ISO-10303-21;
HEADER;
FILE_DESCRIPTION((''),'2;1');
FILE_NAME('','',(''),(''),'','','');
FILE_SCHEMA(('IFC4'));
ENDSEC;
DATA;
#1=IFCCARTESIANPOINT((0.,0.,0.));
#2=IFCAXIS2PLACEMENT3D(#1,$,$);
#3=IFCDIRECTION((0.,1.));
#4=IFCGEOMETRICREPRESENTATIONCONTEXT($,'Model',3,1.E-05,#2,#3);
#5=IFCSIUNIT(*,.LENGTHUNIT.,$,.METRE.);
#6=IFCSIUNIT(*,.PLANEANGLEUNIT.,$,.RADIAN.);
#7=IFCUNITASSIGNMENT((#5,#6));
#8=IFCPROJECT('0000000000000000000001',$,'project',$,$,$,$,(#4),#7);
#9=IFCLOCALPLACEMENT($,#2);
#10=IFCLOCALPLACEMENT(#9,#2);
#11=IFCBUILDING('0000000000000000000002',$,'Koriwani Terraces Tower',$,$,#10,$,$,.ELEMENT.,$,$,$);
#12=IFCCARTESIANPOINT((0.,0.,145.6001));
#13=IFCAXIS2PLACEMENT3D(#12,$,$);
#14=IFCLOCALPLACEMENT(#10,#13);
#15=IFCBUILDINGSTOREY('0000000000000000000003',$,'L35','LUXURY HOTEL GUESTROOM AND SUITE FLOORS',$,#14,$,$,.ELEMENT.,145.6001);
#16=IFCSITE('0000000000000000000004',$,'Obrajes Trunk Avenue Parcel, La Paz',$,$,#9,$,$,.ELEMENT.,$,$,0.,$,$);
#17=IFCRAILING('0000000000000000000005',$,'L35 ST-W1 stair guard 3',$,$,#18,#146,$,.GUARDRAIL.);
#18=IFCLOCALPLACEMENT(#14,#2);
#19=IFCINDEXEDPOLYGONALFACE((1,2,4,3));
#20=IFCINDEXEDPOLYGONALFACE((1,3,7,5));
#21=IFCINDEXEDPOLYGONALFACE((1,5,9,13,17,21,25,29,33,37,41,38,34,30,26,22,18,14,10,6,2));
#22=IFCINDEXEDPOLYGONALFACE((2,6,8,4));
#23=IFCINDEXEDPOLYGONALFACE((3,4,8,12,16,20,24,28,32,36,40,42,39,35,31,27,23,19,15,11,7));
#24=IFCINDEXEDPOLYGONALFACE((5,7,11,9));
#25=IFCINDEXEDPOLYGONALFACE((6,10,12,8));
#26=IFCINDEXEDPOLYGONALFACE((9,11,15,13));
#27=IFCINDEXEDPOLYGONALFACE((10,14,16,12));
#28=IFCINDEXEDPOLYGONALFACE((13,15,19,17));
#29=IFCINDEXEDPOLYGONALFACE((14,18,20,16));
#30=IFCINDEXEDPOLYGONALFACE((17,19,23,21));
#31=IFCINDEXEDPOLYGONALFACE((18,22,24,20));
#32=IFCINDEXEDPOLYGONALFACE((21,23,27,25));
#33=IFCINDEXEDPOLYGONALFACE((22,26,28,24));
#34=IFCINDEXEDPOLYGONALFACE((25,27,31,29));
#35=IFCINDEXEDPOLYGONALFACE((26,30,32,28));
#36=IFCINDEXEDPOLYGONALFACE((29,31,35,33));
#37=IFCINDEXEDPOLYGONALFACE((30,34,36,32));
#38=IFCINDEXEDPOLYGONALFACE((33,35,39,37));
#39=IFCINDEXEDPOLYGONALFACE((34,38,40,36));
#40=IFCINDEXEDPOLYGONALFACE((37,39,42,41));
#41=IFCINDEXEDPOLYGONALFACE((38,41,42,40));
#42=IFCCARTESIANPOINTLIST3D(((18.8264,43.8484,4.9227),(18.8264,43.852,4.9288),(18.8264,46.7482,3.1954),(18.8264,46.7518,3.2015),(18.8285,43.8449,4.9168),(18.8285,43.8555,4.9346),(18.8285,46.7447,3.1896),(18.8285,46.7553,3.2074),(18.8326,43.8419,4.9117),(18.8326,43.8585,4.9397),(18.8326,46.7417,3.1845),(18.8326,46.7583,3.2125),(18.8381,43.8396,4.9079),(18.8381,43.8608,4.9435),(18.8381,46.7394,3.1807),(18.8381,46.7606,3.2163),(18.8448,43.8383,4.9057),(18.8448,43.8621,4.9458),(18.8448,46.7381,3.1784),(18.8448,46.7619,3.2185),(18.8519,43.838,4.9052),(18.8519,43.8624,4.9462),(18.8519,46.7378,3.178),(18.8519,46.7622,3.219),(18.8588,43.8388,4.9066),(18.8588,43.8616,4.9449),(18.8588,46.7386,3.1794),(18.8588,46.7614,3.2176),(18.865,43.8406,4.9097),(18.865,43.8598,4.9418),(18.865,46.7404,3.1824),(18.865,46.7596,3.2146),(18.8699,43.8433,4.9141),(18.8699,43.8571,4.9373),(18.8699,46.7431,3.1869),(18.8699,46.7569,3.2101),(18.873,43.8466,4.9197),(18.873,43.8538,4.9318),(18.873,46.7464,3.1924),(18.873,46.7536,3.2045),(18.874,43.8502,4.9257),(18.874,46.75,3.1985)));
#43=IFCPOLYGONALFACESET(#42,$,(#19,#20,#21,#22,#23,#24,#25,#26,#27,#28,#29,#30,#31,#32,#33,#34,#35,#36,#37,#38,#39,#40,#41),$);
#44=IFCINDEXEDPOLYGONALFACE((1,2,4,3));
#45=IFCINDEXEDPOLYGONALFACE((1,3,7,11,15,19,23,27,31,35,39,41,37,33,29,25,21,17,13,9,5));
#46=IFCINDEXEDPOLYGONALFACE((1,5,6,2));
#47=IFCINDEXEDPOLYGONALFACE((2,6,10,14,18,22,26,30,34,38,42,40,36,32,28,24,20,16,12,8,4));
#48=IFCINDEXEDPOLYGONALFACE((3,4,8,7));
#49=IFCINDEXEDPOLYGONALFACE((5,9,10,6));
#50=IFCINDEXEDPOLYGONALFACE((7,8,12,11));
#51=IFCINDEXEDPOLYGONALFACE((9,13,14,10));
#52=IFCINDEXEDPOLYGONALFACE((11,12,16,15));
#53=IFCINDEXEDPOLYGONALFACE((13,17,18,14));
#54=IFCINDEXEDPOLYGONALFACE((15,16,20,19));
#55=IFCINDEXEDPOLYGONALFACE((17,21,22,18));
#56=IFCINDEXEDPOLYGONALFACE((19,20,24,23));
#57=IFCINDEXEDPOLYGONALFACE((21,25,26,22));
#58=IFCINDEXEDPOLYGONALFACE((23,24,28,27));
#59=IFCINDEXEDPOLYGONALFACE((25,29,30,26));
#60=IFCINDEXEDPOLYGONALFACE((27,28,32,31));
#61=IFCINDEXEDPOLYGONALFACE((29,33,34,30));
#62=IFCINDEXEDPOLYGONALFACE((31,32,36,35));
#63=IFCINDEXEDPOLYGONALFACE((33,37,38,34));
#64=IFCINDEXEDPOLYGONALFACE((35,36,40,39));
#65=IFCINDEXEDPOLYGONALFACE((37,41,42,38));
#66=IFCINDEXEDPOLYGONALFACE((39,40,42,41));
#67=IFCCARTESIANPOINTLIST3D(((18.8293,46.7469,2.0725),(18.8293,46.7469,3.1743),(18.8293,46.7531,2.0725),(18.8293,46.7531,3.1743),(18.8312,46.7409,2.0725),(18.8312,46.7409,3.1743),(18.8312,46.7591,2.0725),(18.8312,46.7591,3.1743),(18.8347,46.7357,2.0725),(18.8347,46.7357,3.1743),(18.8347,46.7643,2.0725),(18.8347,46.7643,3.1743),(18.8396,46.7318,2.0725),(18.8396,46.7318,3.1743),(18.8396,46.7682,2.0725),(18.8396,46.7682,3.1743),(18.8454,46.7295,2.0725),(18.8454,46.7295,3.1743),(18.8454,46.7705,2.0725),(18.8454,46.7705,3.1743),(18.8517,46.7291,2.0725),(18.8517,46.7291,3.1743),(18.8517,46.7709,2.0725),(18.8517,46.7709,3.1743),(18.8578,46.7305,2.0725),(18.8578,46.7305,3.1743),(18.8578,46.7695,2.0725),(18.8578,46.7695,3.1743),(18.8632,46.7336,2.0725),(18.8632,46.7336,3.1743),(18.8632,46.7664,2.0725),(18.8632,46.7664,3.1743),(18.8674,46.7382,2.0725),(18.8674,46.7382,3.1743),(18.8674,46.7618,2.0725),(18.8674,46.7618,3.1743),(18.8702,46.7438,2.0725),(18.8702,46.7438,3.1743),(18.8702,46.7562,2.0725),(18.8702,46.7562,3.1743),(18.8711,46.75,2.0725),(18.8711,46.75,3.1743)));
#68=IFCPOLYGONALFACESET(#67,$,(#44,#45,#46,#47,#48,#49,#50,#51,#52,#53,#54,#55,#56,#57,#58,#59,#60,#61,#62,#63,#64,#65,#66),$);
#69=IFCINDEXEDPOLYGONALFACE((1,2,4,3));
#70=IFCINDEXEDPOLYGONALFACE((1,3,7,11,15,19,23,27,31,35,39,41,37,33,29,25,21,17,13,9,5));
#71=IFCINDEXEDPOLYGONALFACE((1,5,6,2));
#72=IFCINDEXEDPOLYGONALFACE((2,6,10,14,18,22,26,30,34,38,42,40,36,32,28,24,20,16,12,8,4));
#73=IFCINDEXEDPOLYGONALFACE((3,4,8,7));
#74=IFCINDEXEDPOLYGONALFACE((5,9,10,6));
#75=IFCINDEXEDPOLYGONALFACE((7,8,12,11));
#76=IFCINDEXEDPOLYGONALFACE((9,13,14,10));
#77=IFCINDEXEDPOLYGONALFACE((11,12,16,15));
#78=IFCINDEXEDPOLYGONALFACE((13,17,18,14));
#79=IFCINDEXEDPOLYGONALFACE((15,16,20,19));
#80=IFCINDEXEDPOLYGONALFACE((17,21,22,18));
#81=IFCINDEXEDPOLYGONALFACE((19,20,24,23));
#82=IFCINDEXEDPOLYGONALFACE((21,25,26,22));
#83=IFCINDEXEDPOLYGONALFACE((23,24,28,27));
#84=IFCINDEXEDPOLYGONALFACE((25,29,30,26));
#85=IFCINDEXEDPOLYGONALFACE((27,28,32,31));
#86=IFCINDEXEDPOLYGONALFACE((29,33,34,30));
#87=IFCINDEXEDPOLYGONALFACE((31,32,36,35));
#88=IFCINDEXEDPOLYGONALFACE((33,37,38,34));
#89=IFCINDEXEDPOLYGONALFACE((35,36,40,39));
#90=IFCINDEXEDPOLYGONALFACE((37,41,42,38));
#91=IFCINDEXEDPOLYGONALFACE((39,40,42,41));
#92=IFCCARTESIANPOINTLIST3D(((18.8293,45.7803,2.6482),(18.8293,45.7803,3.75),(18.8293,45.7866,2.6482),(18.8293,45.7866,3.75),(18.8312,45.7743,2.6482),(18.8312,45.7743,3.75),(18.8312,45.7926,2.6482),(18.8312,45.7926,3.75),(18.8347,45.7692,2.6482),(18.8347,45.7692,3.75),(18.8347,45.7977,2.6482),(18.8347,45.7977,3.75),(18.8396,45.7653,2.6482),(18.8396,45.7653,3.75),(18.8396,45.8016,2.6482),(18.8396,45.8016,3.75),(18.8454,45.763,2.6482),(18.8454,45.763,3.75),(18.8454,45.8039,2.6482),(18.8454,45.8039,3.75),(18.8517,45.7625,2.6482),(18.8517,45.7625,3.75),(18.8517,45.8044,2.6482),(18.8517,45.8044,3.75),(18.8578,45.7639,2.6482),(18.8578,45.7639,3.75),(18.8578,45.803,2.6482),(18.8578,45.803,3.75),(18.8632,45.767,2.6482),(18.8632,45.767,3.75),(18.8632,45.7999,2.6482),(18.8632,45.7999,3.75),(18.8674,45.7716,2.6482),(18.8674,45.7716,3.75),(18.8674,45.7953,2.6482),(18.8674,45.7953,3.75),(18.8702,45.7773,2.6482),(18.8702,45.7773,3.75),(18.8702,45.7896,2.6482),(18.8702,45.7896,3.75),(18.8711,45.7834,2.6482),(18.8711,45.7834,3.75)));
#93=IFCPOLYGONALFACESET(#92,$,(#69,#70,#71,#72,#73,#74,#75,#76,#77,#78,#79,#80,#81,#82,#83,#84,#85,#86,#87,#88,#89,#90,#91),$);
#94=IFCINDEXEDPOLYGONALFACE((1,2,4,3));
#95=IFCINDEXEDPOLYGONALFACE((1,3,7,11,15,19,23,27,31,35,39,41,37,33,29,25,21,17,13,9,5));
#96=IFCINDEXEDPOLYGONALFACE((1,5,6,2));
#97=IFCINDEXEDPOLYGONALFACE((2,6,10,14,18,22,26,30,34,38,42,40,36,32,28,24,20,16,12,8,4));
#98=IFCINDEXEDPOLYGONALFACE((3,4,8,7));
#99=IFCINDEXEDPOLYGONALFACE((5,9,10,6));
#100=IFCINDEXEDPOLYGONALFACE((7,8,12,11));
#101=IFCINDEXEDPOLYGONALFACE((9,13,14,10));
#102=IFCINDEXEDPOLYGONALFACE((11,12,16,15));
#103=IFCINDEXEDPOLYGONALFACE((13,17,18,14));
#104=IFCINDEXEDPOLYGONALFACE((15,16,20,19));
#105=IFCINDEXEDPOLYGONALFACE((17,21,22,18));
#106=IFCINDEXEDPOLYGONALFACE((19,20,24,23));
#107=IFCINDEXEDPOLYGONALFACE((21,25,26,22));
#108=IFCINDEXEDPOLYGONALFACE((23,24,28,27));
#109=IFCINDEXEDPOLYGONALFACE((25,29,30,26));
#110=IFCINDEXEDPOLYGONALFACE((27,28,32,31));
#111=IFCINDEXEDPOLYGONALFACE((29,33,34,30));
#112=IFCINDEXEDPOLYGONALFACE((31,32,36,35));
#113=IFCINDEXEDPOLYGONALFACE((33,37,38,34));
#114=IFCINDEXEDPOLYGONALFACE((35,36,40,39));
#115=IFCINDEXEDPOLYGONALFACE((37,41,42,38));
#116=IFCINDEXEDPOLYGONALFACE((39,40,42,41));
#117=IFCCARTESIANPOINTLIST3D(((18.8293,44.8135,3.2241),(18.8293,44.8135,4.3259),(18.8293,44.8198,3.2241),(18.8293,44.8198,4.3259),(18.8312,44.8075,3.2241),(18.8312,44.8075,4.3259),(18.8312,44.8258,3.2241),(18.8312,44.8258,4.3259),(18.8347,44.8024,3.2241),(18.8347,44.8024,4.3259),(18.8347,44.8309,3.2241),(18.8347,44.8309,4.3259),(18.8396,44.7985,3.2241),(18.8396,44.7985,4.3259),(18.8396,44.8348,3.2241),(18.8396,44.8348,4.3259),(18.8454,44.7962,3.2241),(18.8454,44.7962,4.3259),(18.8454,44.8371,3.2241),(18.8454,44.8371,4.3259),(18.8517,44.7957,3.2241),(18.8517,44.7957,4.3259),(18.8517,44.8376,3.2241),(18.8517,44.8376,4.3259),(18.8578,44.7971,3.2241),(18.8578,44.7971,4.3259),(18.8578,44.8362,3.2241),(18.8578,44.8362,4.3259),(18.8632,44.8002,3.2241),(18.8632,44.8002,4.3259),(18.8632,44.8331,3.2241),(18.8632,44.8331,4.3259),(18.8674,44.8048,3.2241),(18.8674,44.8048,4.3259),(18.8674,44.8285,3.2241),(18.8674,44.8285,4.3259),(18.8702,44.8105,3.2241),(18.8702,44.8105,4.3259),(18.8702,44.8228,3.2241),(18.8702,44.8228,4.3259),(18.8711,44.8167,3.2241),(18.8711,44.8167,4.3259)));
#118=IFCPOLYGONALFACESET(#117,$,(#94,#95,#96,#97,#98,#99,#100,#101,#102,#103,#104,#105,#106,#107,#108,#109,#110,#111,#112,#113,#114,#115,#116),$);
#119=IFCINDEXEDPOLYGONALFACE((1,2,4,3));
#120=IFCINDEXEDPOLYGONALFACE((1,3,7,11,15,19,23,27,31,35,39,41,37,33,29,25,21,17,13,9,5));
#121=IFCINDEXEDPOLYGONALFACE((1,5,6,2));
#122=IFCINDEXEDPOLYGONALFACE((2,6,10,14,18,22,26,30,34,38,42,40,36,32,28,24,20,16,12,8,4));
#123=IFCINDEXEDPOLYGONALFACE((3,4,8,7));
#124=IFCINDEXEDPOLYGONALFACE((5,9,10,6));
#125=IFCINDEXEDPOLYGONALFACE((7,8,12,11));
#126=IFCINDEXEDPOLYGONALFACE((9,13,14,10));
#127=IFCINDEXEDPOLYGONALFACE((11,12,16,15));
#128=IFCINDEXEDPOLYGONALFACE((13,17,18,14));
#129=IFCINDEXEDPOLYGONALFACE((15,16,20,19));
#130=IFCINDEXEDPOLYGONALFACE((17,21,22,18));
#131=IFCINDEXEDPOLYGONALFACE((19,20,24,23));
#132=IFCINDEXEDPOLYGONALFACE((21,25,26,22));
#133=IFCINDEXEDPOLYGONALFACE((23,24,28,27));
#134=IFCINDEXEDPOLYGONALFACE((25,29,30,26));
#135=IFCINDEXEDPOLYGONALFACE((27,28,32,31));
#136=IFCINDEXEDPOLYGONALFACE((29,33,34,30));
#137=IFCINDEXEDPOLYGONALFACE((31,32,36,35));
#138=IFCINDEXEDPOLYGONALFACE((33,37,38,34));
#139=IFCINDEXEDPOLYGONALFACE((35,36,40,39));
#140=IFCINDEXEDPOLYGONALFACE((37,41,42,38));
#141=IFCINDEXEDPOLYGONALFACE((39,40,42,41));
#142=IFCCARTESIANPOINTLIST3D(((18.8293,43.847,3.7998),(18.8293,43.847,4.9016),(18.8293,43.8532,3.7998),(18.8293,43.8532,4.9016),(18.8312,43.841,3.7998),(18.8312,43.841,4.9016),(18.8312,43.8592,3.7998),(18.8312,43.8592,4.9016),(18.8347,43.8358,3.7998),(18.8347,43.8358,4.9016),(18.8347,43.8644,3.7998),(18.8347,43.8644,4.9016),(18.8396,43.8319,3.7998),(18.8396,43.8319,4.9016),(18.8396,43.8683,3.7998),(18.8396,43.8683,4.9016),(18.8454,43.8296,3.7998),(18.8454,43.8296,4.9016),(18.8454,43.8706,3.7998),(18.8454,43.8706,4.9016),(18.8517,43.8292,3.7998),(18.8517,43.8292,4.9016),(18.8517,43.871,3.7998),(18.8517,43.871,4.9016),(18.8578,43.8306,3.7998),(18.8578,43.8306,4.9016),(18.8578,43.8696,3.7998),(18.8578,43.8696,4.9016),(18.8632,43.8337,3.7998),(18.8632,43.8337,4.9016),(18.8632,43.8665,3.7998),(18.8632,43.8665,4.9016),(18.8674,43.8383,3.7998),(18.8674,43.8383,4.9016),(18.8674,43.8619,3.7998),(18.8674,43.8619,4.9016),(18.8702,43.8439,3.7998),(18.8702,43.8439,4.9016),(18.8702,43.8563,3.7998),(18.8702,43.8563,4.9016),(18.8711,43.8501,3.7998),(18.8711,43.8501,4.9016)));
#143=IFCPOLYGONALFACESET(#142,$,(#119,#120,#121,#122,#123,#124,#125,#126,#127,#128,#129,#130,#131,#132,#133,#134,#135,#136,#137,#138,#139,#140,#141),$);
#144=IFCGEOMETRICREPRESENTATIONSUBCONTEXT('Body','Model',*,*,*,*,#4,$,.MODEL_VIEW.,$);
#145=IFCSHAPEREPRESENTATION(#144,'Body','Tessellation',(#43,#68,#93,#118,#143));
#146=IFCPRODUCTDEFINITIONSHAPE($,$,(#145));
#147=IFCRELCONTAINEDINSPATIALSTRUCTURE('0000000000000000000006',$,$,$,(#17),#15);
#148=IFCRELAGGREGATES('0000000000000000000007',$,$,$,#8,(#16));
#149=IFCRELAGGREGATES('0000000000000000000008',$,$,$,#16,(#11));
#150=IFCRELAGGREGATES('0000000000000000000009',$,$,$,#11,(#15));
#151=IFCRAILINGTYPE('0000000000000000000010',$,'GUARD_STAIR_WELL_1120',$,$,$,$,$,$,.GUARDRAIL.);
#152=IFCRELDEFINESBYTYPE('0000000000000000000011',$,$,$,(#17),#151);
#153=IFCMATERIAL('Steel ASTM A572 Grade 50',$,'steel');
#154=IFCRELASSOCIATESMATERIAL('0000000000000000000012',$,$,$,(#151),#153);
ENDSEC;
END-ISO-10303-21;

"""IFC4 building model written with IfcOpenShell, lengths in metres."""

from ifc_helpers import new_model, si_unit, direction, frame, origin, origin_2d, place, context, subcontext, project, spatial, circle, extrude, material, type_object, element, save


model = new_model("IFC4")

# Units and contexts
model_context = context("Model", 3, precision=1e-05, world=origin(), true_north=direction((0.0, 1.0)))
body_context = subcontext(model_context, "Body", "Model", "MODEL_VIEW")
ifc_project = project(units=[si_unit("LENGTHUNIT", "METRE"), si_unit("PLANEANGLEUNIT", "RADIAN")], contexts=[model_context])

# Site, building, storey
site_placement = place(None, origin())
site = spatial("IfcSite", under=ifc_project, at=site_placement, Name="Obrajes Trunk Avenue Parcel, La Paz", CompositionType="ELEMENT", RefElevation=0.0)
building_placement = place(site_placement, origin())
building = spatial("IfcBuilding", under=site, at=building_placement, Name="Koriwani Terraces Tower", CompositionType="ELEMENT")
storey_placement = place(building_placement, frame((0.0, 0.0, 145.6001)))
storey = spatial("IfcBuildingStorey", under=building, at=storey_placement, Name="L35", Description="LUXURY HOTEL GUESTROOM AND SUITE FLOORS", CompositionType="ELEMENT", Elevation=145.6001)

# Shared definitions
ifc_material_1 = material(Name="Steel ASTM A572 Grade 50", Category="steel")

# Railing
railing_type_1 = type_object("IfcRailingType", Name="GUARD_STAIR_WELL_1120", PredefinedType="GUARDRAIL", material=ifc_material_1)
railing_placement = place(storey_placement, frame((18.8501, 46.75, 2.0725)))
element("IfcRailing", 1, at=railing_placement, inside=storey, type_object=railing_type_1, Name="L35 ST-W1 stair guard 3", PredefinedType="GUARDRAIL", context=body_context, shape_type="SweptSolid", body=[
    extrude(circle(Radius=0.0239, at=origin_2d()), frame((0.0, 0.0, 1.126), z_axis=(0.0, -0.859141, 0.511738), x_axis=(1.0, 0.0, 0.0)), (0.0, 0.0, 1.0), 3.3752),
    extrude(circle(Radius=0.021, at=origin_2d()), origin(), (0.0, 0.0, 1.0), 1.1018),
    extrude(circle(Radius=0.021, at=origin_2d()), frame((0.0, -0.9666, 0.5757)), (0.0, 0.0, 1.0), 1.1018),
    extrude(circle(Radius=0.021, at=origin_2d()), frame((0.0, -1.9333, 1.1516)), (0.0, 0.0, 1.0), 1.1018),
    extrude(circle(Radius=0.021, at=origin_2d()), frame((0.0, -2.8999, 1.7273)), (0.0, 0.0, 1.0), 1.1018),
])

save(model, "model.ifc")
